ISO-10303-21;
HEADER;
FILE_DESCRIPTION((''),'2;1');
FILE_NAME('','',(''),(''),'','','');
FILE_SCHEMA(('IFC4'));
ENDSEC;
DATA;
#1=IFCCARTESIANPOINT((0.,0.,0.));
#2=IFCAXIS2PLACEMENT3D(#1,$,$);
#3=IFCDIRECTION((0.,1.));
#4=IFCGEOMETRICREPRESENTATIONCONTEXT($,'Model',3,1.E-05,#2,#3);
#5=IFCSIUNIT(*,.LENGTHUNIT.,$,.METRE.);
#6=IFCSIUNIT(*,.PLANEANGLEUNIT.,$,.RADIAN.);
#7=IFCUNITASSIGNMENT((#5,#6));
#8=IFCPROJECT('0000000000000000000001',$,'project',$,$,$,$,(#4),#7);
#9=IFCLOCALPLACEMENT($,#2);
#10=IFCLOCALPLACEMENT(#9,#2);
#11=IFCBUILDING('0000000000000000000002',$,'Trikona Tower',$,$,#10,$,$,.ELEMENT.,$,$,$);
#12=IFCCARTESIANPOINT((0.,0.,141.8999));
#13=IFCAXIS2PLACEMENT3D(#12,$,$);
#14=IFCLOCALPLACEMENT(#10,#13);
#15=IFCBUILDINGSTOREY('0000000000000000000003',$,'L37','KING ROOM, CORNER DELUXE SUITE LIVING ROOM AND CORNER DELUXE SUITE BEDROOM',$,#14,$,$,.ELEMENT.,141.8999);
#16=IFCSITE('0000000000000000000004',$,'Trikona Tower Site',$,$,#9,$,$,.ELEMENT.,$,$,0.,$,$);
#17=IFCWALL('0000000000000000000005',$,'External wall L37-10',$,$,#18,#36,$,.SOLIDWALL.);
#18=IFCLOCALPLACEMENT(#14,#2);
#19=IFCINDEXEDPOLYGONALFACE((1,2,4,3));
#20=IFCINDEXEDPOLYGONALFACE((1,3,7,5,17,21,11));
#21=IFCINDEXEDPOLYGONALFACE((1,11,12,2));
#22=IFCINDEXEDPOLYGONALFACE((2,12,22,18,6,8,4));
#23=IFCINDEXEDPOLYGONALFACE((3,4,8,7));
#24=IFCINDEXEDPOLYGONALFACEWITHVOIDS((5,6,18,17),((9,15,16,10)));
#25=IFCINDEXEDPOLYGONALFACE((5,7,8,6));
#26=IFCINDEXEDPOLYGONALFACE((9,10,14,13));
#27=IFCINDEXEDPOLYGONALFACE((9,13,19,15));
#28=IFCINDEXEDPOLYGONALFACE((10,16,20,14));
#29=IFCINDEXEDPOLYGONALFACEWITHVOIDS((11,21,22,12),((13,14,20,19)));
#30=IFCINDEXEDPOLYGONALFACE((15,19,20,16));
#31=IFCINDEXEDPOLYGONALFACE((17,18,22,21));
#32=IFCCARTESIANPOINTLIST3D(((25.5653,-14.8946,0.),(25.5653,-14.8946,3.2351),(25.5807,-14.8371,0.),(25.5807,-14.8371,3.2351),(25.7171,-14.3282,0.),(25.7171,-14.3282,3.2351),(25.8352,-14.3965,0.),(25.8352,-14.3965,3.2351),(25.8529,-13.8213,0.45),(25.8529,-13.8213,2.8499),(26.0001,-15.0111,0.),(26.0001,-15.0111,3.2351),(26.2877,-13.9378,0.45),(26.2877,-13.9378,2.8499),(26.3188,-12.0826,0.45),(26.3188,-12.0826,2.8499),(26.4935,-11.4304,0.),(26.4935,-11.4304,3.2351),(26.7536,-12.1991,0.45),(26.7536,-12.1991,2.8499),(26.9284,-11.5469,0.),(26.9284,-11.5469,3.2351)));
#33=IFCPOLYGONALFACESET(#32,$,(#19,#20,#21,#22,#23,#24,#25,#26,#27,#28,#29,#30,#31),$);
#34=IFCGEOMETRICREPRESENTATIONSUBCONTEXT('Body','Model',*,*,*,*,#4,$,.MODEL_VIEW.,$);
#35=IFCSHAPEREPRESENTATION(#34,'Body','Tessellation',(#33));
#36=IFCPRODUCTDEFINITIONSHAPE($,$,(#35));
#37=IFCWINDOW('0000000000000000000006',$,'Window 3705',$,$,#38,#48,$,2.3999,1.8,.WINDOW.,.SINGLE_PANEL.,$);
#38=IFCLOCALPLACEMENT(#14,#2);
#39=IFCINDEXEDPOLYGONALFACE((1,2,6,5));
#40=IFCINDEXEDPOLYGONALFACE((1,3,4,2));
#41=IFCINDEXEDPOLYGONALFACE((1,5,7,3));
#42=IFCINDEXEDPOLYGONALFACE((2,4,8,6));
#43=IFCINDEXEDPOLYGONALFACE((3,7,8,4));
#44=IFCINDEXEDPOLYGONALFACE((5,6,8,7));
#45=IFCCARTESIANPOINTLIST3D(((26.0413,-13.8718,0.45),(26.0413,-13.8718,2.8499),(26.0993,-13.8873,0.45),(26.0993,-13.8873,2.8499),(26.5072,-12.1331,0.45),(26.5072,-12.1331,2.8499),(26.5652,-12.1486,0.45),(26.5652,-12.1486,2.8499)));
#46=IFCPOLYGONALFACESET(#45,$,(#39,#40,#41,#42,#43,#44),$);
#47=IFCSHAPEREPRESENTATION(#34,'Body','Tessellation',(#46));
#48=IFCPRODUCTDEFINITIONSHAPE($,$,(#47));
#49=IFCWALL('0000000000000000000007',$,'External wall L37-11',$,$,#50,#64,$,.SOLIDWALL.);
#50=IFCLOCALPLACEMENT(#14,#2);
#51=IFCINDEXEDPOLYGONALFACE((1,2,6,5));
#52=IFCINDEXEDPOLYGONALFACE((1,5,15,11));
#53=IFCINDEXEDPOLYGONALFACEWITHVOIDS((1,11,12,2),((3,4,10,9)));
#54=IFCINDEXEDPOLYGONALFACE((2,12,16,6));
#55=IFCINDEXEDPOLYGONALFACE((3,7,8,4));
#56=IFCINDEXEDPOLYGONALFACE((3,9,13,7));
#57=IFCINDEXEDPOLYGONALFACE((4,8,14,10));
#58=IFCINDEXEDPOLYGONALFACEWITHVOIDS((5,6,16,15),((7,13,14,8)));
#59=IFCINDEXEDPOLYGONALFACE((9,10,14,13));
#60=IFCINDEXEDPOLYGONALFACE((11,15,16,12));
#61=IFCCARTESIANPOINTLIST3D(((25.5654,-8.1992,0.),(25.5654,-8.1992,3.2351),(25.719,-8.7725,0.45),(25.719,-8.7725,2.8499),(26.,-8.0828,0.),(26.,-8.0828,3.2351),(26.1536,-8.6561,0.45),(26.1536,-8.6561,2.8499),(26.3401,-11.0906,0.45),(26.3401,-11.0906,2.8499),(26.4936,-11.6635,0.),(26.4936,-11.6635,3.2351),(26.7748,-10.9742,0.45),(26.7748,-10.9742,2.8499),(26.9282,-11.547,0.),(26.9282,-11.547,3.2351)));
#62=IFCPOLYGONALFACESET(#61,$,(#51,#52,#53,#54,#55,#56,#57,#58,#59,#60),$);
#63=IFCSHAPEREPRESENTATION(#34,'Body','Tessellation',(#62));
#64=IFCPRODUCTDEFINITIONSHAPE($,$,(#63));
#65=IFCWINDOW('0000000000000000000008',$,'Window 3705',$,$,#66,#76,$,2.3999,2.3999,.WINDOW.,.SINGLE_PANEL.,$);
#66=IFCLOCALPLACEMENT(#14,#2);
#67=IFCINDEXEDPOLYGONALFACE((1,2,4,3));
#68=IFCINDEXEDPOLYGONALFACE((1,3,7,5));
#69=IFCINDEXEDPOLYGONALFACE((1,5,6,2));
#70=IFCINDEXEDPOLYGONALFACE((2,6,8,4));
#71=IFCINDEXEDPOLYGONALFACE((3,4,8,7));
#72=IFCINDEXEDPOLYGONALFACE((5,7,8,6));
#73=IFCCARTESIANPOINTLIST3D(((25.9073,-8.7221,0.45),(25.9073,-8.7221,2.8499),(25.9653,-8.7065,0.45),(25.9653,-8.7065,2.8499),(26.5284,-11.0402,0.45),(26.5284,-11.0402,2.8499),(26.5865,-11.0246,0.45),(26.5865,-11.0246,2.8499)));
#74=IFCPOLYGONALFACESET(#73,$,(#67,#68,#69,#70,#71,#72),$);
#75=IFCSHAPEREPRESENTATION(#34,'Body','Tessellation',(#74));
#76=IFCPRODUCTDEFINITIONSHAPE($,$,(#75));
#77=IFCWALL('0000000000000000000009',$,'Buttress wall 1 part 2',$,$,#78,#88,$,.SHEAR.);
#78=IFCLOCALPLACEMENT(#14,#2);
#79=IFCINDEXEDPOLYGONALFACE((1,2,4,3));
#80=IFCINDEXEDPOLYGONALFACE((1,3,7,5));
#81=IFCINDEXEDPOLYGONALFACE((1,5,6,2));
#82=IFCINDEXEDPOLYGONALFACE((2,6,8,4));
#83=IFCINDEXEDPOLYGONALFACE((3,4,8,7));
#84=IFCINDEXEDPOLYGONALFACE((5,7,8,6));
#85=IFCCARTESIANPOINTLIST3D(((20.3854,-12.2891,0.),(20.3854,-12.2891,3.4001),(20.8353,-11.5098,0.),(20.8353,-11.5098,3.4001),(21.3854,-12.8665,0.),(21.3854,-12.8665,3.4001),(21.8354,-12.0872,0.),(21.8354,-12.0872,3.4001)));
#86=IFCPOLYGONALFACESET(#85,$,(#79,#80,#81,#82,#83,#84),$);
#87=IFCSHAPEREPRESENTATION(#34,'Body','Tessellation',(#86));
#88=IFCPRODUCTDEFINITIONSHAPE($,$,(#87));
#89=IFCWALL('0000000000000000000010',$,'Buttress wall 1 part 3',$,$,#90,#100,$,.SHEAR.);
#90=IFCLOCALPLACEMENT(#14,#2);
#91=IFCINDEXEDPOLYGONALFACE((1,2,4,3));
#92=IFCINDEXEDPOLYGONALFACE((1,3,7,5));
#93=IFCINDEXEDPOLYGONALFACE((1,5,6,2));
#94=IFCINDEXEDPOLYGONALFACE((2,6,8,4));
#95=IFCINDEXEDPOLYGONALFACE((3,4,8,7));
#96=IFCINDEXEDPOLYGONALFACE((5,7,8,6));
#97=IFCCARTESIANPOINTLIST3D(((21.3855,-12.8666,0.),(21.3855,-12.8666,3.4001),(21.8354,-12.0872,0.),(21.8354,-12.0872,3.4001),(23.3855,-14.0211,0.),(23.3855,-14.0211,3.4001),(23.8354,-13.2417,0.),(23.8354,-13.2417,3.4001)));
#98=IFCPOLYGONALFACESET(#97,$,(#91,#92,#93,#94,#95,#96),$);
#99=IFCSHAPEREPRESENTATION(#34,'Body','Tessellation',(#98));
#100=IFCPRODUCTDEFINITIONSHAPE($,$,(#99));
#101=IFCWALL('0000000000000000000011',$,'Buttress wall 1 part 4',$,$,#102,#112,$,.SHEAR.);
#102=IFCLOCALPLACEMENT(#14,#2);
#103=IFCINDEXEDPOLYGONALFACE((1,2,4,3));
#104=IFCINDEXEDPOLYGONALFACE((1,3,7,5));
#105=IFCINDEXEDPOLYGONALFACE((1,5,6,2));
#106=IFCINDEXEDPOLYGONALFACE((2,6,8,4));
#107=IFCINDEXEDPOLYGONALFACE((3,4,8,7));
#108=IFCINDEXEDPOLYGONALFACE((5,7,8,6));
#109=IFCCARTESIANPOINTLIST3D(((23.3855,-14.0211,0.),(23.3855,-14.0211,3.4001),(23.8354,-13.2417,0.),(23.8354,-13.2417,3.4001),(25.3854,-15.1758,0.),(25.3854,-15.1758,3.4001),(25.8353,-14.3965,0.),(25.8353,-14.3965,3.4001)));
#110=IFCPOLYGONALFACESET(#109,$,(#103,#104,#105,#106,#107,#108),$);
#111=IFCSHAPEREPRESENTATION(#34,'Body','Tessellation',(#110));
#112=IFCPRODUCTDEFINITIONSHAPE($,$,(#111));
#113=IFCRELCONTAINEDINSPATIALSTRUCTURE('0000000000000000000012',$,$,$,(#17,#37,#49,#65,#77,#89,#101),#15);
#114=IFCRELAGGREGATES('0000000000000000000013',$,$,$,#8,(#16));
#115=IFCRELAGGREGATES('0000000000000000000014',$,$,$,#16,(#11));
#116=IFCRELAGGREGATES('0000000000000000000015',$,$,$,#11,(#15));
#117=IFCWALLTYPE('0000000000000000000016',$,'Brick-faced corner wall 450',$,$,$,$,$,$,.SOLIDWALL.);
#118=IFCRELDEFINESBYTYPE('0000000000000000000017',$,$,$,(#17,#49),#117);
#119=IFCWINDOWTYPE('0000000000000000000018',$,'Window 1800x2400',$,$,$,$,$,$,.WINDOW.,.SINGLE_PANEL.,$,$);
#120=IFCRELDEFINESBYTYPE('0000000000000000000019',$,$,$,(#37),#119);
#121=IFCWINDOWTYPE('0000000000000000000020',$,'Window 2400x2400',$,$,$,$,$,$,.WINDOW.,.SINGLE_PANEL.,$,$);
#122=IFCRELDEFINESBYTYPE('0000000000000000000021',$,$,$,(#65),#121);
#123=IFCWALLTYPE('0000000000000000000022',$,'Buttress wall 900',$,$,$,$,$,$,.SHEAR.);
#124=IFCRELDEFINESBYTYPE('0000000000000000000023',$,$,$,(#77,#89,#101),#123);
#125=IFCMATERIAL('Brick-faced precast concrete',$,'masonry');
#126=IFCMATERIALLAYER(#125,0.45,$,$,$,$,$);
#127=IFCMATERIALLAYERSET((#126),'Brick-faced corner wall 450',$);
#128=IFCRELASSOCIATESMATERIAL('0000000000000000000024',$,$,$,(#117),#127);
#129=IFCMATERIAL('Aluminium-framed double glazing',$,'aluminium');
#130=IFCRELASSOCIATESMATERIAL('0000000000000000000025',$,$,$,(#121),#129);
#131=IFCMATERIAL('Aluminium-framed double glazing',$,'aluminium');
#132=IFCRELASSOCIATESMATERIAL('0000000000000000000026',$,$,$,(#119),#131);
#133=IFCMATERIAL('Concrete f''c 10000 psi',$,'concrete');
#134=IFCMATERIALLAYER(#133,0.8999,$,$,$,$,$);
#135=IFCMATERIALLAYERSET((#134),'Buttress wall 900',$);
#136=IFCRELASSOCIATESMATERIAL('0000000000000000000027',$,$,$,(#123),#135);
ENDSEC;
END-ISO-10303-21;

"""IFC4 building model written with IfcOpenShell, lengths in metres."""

from ifc_helpers import new_model, si_unit, direction, frame, frame_2d, origin, place, context, subcontext, project, spatial, polyline, rectangle, outline, extrude, material, layer, layer_set, type_object, element, fill, save


model = new_model("IFC4")

# Units and contexts
model_context = context("Model", 3, precision=1e-05, world=origin(), true_north=direction((0.0, 1.0)))
body_context = subcontext(model_context, "Body", "Model", "MODEL_VIEW")
ifc_project = project(units=[si_unit("LENGTHUNIT", "METRE"), si_unit("PLANEANGLEUNIT", "RADIAN")], contexts=[model_context])

# Site, building, storey
site_placement = place(None, origin())
site = spatial("IfcSite", under=ifc_project, at=site_placement, Name="Trikona Tower Site", CompositionType="ELEMENT", RefElevation=0.0)
building_placement = place(site_placement, origin())
building = spatial("IfcBuilding", under=site, at=building_placement, Name="Trikona Tower", CompositionType="ELEMENT")
storey_placement = place(building_placement, frame((0.0, 0.0, 141.8999)))
storey = spatial("IfcBuildingStorey", under=building, at=storey_placement, Name="L37", Description="KING ROOM, CORNER DELUXE SUITE LIVING ROOM AND CORNER DELUXE SUITE BEDROOM", CompositionType="ELEMENT", Elevation=141.8999)

# Walls, openings, windows
ifc_material_1 = material(Name="Brick-faced precast concrete", Category="masonry")
ifc_layer_1 = layer(ifc_material_1, 0.45)
ifc_layer_set_1 = layer_set([ifc_layer_1], Name="Brick-faced corner wall 450")
wall_type_1 = type_object("IfcWallType", Name="Brick-faced corner wall 450", PredefinedType="SOLIDWALL", material=ifc_layer_set_1)
ifc_material_2 = material(Name="Aluminium-framed double glazing", Category="aluminium")
window_type_1 = type_object("IfcWindowType", Name="Window 2400x2400", PartitioningType="SINGLE_PANEL", PredefinedType="WINDOW", material=ifc_material_2)
ifc_material_3 = material(Name="Aluminium-framed double glazing", Category="aluminium")
window_type_2 = type_object("IfcWindowType", Name="Window 1800x2400", PartitioningType="SINGLE_PANEL", PredefinedType="WINDOW", material=ifc_material_3)
wall_1_placement = place(storey_placement, frame((25.7827, -14.9529, 0.0), z_axis=(0.0, 0.0, 1.0), x_axis=(0.258823, 0.965925, 0.0)))
wall_1 = element("IfcWall", 1, at=wall_1_placement, inside=storey, type_object=wall_type_1, Name="External wall L37-10", PredefinedType="SOLIDWALL", context=body_context, shape_type="SweptSolid", body=[
    extrude(outline(polyline([(3.5864, 0.2251), (0.5864, 0.2251), (0.551, 0.0933), (0.0596, 0.2251), (0.0, 0.2251), (0.0, -0.2251), (3.5864, -0.2251), (3.5864, 0.2251)])), origin(), (0.0, 0.0, 1.0), 3.2351),
])
opening_1_placement = place(wall_1_placement, frame((1.1113, 0.0, 0.45)))
opening_1 = element("IfcOpeningElement", 2, at=opening_1_placement, cuts=wall_1, PredefinedType="OPENING", context=body_context, shape_type="SweptSolid", body=[
    extrude(rectangle(XDim=1.8, YDim=2.3999, at=frame_2d((0.8999, 1.2))), frame((0.0, 0.2349, 0.0), z_axis=(0.0, -1.0, 0.0), x_axis=(1.0, 0.0, 0.0)), (0.0, 0.0, 1.0), 0.47),
])
window_1_placement = place(opening_1_placement, origin())
window_1 = element("IfcWindow", 3, at=window_1_placement, inside=storey, type_object=window_type_2, Name="Window 3705", OverallHeight=2.3999, OverallWidth=1.8, PartitioningType="SINGLE_PANEL", PredefinedType="WINDOW", context=body_context, shape_type="SweptSolid", body=[
    extrude(rectangle(XDim=1.8, YDim=2.3999, at=frame_2d((0.8999, 1.2))), frame((0.0, 0.03, 0.0), z_axis=(0.0, -1.0, 0.0), x_axis=(1.0, 0.0, 0.0)), (0.0, 0.0, 1.0), 0.0601),
])
fill(opening_1, window_1)
wall_2_placement = place(storey_placement, frame((26.7109, -11.6052, 0.0), z_axis=(0.0, 0.0, 1.0), x_axis=(-0.258823, 0.965925, 0.0)))
wall_2 = element("IfcWall", 4, at=wall_2_placement, inside=storey, type_object=wall_type_1, Name="External wall L37-11", PredefinedType="SOLIDWALL", context=body_context, shape_type="SweptSolid", body=[
    extrude(rectangle(XDim=3.5864, YDim=0.45, at=frame_2d((1.7932, 0.0))), origin(), (0.0, 0.0, 1.0), 3.2351),
])
opening_2_placement = place(wall_2_placement, frame((0.593, 0.0, 0.45)))
opening_2 = element("IfcOpeningElement", 5, at=opening_2_placement, cuts=wall_2, PredefinedType="OPENING", context=body_context, shape_type="SweptSolid", body=[
    extrude(rectangle(XDim=2.3999, YDim=2.3999, at=frame_2d((1.2, 1.2))), frame((0.0, 0.2349, 0.0), z_axis=(0.0, -1.0, 0.0), x_axis=(1.0, 0.0, 0.0)), (0.0, 0.0, 1.0), 0.47),
])
window_2_placement = place(opening_2_placement, origin())
window_2 = element("IfcWindow", 6, at=window_2_placement, inside=storey, type_object=window_type_1, Name="Window 3705", OverallHeight=2.3999, OverallWidth=2.3999, PartitioningType="SINGLE_PANEL", PredefinedType="WINDOW", context=body_context, shape_type="SweptSolid", body=[
    extrude(rectangle(XDim=2.3999, YDim=2.3999, at=frame_2d((1.2, 1.2))), frame((0.0, 0.03, 0.0), z_axis=(0.0, -1.0, 0.0), x_axis=(1.0, 0.0, 0.0)), (0.0, 0.0, 1.0), 0.0601),
])
fill(opening_2, window_2)

# Walls
ifc_material_4 = material(Name="Concrete f'c 10000 psi", Category="concrete")
ifc_layer_2 = layer(ifc_material_4, 0.8999)
ifc_layer_set_2 = layer_set([ifc_layer_2], Name="Buttress wall 900")
wall_type_2 = type_object("IfcWallType", Name="Buttress wall 900", PredefinedType="SHEAR", material=ifc_layer_set_2)
wall_3_placement = place(storey_placement, frame((20.6104, -11.8994, 0.0), z_axis=(0.0, 0.0, 1.0), x_axis=(0.86601, -0.500027, 0.0)))
element("IfcWall", 7, at=wall_3_placement, inside=storey, type_object=wall_type_2, Name="Buttress wall 1 part 2", PredefinedType="SHEAR", context=body_context, shape_type="SweptSolid", body=[
    extrude(rectangle(XDim=1.1548, YDim=0.8999, at=frame_2d((0.5774, 0.0))), origin(), (0.0, 0.0, 1.0), 3.4001),
])
for number, where, z_axis, x_axis, name in (
    (8, (21.6104, -12.4768, 0.0), (0.0, 0.0, 1.0), (0.866055, -0.499948, 0.0), "Buttress wall 1 part 3"),
    (9, (23.6104, -13.6313, 0.0), (0.0, 0.0, 1.0), (0.86601, -0.500027, 0.0), "Buttress wall 1 part 4"),
):
    element("IfcWall", number, at=place(storey_placement, frame(where, z_axis=z_axis, x_axis=x_axis)), inside=storey, type_object=wall_type_2, Name=name, PredefinedType="SHEAR", context=body_context, shape_type="SweptSolid", body=[
        extrude(rectangle(XDim=2.3093, YDim=0.8999, at=frame_2d((1.1548, 0.0))), origin(), (0.0, 0.0, 1.0), 3.4001),
    ])

save(model, "model.ifc")
